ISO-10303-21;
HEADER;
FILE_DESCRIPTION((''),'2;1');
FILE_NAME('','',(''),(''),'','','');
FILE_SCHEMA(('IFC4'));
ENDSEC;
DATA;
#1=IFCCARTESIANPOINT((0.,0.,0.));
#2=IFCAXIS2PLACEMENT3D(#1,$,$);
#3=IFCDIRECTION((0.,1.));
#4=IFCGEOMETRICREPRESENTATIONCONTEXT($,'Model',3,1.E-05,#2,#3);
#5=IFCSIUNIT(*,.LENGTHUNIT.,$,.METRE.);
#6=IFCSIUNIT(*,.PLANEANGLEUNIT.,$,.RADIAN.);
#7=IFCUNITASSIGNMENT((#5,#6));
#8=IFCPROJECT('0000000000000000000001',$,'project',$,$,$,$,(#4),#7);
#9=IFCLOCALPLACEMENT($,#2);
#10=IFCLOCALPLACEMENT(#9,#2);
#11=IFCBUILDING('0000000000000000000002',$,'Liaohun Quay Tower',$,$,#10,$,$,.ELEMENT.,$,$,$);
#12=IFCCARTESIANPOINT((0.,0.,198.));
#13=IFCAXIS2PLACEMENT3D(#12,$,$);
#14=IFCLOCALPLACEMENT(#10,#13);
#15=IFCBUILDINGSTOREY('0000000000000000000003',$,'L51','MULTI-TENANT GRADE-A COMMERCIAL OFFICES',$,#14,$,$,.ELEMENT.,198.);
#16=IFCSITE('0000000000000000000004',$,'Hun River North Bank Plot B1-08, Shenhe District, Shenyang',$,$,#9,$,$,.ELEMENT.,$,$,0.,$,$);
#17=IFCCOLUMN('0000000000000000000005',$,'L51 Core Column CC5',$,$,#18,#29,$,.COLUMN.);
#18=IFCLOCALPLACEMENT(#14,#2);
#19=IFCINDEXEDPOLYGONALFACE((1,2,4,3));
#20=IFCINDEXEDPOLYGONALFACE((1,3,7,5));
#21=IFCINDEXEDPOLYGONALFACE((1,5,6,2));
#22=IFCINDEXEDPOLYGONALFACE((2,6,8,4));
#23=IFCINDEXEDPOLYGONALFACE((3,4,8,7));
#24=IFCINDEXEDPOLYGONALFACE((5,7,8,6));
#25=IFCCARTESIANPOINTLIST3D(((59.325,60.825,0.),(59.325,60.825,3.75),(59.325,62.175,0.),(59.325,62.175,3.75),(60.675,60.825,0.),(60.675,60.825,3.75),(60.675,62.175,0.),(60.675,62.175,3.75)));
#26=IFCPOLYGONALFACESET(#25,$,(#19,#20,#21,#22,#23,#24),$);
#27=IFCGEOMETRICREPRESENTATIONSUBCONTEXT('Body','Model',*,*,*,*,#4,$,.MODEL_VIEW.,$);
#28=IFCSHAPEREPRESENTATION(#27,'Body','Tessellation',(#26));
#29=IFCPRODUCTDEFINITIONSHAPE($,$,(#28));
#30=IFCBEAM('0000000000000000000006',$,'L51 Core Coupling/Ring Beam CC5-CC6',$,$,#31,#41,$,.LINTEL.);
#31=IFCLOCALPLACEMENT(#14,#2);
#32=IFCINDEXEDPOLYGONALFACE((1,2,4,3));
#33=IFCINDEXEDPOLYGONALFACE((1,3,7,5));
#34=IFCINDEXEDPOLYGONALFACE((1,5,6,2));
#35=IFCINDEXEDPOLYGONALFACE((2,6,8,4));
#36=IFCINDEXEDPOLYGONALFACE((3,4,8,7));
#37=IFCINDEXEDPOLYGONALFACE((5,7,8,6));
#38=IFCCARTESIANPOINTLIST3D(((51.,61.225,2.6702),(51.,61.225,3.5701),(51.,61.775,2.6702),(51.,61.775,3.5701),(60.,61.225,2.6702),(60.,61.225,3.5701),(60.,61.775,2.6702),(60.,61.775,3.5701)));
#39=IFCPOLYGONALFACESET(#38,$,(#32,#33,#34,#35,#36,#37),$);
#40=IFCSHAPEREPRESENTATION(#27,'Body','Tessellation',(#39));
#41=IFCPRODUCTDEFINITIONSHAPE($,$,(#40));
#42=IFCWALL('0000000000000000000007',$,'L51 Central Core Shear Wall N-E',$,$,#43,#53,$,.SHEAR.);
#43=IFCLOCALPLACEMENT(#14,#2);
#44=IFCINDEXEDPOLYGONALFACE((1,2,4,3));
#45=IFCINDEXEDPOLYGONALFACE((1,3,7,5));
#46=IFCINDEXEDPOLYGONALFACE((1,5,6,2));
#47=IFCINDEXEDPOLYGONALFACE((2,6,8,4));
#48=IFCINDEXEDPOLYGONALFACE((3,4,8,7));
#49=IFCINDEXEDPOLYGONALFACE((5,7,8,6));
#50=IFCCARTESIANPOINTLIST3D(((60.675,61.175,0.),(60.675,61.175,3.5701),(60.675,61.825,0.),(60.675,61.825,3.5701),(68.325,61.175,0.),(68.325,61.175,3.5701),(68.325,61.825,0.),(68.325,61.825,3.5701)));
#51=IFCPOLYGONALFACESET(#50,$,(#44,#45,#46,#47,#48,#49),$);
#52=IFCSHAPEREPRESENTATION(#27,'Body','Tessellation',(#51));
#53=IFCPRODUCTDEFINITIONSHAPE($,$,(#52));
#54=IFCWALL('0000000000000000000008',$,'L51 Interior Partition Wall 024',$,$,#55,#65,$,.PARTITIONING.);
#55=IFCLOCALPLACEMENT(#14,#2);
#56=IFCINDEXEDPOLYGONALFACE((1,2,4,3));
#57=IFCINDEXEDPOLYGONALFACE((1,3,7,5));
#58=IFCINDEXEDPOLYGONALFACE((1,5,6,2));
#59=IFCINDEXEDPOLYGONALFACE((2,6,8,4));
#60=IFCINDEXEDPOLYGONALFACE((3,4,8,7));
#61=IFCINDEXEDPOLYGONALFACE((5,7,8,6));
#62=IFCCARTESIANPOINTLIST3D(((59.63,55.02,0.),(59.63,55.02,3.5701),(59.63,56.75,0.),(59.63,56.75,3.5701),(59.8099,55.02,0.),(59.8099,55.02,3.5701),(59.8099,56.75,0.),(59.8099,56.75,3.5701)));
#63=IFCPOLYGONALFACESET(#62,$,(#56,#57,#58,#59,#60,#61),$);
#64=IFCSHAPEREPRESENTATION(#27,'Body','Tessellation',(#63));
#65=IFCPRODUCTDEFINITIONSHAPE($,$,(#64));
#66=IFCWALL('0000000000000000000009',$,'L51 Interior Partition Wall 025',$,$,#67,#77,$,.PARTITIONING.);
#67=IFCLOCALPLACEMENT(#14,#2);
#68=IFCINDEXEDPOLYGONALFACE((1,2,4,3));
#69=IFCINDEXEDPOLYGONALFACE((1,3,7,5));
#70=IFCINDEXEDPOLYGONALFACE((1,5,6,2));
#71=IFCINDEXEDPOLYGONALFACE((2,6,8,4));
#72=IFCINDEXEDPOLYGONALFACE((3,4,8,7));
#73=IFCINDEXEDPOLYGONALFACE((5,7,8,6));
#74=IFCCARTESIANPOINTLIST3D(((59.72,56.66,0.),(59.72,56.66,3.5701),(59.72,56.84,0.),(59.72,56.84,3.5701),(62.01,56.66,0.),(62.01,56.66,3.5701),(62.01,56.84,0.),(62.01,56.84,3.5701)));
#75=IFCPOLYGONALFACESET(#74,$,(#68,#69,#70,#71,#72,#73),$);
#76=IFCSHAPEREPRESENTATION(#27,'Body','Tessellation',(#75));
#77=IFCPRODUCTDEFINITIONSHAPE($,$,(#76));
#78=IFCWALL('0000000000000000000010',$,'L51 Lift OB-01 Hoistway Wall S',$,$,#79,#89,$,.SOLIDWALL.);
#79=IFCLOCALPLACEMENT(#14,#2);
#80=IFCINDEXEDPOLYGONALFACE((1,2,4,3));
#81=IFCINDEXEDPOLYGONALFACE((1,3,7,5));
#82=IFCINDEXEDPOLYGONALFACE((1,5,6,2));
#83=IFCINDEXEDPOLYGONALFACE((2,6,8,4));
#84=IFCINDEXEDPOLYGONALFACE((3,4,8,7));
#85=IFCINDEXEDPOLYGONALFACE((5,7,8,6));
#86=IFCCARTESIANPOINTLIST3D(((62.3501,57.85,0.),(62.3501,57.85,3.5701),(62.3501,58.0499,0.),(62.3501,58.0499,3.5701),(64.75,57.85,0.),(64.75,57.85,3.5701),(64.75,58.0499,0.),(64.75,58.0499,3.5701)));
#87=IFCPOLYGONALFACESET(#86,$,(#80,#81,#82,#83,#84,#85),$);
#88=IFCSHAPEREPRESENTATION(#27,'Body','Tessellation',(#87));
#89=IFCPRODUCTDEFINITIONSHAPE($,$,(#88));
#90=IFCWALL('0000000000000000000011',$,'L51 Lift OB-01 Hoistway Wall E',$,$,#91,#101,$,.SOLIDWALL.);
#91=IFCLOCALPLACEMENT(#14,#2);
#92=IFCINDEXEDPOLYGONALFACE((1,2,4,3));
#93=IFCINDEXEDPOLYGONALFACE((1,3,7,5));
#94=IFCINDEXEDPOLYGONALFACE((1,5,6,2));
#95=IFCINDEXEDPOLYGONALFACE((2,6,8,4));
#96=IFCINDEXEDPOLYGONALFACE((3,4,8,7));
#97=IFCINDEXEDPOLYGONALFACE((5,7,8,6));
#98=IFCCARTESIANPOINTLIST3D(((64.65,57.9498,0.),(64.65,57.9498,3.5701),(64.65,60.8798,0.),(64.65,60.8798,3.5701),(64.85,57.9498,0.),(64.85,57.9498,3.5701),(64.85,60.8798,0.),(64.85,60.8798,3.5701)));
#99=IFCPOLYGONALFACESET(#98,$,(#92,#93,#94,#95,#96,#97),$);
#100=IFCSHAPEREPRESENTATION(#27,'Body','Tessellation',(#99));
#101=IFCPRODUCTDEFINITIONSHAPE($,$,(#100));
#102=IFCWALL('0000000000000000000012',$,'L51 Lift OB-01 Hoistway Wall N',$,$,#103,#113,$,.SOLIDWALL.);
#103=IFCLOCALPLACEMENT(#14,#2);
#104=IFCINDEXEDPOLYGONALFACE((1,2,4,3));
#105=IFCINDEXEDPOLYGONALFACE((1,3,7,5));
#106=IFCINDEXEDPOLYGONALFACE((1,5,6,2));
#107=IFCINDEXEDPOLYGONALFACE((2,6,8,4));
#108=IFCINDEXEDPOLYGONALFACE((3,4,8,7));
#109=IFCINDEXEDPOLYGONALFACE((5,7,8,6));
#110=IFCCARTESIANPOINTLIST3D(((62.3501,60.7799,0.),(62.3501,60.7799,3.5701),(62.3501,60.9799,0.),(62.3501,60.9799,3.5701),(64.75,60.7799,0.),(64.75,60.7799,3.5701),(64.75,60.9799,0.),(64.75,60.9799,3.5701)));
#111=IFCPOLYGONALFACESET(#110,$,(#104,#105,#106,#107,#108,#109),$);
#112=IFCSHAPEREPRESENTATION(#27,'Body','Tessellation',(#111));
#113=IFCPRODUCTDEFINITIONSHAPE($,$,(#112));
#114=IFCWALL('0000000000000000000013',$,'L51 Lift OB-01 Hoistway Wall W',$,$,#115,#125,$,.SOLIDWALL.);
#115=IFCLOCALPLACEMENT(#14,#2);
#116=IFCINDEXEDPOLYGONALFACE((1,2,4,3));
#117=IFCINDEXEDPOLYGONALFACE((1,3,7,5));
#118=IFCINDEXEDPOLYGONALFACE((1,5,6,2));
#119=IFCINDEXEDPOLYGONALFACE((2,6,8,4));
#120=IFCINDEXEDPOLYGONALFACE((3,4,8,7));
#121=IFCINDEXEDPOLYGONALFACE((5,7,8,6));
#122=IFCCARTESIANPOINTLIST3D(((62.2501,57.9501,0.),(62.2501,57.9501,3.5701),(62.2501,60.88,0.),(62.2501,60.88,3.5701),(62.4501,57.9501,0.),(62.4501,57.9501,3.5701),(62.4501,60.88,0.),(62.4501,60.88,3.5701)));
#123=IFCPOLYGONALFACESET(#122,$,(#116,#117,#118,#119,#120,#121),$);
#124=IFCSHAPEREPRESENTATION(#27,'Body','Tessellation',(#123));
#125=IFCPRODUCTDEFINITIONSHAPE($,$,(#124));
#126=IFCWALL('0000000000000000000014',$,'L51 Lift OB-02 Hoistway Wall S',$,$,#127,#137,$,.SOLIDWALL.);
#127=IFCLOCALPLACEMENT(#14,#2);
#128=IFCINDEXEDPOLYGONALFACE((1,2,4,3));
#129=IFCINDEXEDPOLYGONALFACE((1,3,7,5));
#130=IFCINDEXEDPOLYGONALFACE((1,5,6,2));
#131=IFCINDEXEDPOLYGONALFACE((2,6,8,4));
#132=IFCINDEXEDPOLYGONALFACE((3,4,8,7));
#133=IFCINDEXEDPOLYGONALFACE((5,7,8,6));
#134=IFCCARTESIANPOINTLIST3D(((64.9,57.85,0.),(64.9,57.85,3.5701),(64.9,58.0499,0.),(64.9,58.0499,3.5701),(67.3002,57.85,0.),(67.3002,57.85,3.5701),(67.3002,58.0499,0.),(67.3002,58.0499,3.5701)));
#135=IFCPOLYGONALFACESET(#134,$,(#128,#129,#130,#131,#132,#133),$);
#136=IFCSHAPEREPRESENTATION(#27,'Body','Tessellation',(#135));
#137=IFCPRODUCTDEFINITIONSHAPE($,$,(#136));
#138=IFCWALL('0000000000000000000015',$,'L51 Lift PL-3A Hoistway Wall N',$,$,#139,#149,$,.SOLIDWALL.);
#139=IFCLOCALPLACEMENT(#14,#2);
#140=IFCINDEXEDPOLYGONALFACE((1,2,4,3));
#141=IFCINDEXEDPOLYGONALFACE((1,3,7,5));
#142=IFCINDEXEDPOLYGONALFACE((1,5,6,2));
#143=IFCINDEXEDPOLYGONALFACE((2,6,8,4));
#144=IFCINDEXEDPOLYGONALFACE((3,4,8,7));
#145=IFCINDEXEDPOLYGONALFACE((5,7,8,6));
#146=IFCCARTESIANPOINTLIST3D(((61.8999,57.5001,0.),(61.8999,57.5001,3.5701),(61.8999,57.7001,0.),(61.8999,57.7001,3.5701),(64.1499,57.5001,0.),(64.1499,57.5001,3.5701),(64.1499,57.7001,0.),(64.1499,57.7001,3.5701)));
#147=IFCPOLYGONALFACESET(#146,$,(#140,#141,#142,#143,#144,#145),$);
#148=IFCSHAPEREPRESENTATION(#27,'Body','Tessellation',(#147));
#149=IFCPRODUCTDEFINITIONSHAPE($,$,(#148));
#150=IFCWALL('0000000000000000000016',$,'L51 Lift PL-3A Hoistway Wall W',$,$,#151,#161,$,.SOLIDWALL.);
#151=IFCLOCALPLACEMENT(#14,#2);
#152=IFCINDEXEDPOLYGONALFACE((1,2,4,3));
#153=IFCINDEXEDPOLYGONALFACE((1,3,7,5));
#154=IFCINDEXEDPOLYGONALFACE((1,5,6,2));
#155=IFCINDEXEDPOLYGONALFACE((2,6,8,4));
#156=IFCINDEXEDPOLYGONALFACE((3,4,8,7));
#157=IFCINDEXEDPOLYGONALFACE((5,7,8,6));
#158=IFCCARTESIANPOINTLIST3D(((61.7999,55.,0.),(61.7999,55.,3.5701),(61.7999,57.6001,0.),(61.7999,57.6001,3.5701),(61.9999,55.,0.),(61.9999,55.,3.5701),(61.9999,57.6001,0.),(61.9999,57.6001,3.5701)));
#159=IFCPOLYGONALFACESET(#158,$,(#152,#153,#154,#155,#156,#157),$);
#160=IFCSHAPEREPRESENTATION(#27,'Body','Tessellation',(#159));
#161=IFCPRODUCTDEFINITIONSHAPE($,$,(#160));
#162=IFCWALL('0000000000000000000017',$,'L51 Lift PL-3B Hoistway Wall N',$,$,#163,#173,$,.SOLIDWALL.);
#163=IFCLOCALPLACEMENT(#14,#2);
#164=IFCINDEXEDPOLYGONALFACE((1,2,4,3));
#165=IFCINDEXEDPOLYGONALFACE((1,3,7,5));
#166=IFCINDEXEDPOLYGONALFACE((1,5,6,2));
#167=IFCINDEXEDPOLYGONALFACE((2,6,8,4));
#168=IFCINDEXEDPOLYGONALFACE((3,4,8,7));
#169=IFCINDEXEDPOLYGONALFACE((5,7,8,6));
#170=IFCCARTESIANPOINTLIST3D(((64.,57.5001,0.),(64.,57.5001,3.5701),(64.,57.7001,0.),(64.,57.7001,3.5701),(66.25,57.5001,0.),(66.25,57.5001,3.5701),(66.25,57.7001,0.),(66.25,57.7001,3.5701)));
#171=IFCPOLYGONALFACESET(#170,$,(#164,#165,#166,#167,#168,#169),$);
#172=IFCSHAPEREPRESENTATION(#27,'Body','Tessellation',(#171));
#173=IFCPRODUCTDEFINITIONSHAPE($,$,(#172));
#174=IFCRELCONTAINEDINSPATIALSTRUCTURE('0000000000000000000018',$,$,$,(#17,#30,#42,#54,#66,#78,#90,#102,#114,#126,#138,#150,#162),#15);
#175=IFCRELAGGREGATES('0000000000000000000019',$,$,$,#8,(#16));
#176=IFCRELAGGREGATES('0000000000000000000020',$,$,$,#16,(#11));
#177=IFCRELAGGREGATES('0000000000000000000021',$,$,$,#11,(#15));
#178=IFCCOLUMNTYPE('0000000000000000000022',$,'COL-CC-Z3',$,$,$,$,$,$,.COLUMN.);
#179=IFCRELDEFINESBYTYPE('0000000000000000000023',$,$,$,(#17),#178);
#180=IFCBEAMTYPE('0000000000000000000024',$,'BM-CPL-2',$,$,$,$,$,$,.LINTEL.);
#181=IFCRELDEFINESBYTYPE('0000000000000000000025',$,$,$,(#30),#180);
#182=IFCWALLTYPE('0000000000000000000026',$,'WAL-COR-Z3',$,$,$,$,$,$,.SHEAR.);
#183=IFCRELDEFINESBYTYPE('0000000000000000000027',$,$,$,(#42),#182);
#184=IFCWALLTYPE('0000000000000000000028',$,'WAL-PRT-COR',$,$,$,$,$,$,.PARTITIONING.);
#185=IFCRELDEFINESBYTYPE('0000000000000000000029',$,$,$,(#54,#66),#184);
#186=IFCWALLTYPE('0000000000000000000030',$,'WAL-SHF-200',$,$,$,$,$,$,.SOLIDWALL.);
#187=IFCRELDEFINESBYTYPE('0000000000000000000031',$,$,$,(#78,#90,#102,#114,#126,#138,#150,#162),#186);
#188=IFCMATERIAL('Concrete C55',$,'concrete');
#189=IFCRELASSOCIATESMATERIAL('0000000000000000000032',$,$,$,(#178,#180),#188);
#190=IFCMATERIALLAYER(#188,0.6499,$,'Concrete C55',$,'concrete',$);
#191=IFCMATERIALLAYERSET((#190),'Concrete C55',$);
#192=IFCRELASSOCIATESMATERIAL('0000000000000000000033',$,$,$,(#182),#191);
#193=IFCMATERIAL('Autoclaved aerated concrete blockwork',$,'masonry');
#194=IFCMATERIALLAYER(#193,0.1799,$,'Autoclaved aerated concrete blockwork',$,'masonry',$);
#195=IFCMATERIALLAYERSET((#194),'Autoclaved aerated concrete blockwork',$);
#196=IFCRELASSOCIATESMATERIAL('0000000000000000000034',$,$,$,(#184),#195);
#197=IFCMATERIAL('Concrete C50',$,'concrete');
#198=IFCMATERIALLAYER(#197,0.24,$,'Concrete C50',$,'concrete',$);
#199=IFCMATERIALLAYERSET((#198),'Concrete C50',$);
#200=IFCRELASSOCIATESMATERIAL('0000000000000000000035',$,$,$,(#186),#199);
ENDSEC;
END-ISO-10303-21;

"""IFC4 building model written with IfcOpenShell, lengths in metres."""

from ifc_helpers import new_model, si_unit, direction, frame, frame_2d, origin, origin_2d, place, context, subcontext, project, spatial, rectangle, extrude, source, transform, mapped, material, layer, layer_set, material_profile, profile_set, type_object, element, save


model = new_model("IFC4")

# Units and contexts
model_context = context("Model", 3, precision=1e-05, world=origin(), true_north=direction((0.0, 1.0)))
body_context = subcontext(model_context, "Body", "Model", "MODEL_VIEW")
ifc_project = project(units=[si_unit("LENGTHUNIT", "METRE"), si_unit("PLANEANGLEUNIT", "RADIAN")], contexts=[model_context])

# Site, building, storey
site_placement = place(None, origin())
site = spatial("IfcSite", under=ifc_project, at=site_placement, Name="Hun River North Bank Plot B1-08, Shenhe District, Shenyang", CompositionType="ELEMENT", RefElevation=0.0)
building_placement = place(site_placement, origin())
building = spatial("IfcBuilding", under=site, at=building_placement, Name="Liaohun Quay Tower", CompositionType="ELEMENT")
storey_placement = place(building_placement, frame((0.0, 0.0, 198.0)))
storey = spatial("IfcBuildingStorey", under=building, at=storey_placement, Name="L51", Description="MULTI-TENANT GRADE-A COMMERCIAL OFFICES", CompositionType="ELEMENT", Elevation=198.0)

# Column
ifc_material_1 = material(Name="Concrete C55", Category="concrete")
ifc_material_profile_1 = material_profile(ifc_material_1, rectangle(XDim=1.3501, YDim=1.3501, at=origin_2d()), Name="RC1350x1350")
ifc_profile_set_1 = profile_set([ifc_material_profile_1], Name="Concrete C55")
column_type = type_object("IfcColumnType", Name="COL-CC-Z3", PredefinedType="COLUMN", material=ifc_profile_set_1)
shared_shape_1 = source(origin(), body_context, "Body", "SweptSolid", [
    extrude(rectangle(XDim=1.3501, YDim=1.3501, at=origin_2d()), origin(), (0.0, 0.0, 1.0), 3.75),
])
column_placement = place(storey_placement, frame((60.0, 61.5, 0.0), z_axis=(0.0, 0.0, 1.0), x_axis=(1.0, 0.0, 0.0)))
element("IfcColumn", 1, at=column_placement, inside=storey, type_object=column_type, Name="L51 Core Column CC5", PredefinedType="COLUMN", context=body_context, shape_type="MappedRepresentation", body=[
    mapped(shared_shape_1, transform((0.0, 0.0, 0.0), x_axis=(1.0, 0.0, 0.0), y_axis=(0.0, 1.0, 0.0), z_axis=(0.0, 0.0, 1.0), scale=1.0)),
])

# Beam
ifc_material_profile_2 = material_profile(ifc_material_1, rectangle(XDim=0.55, YDim=0.8999, at=origin_2d()), Name="RC550x900")
ifc_profile_set_2 = profile_set([ifc_material_profile_2], Name="Concrete C55")
beam_type = type_object("IfcBeamType", Name="BM-CPL-2", PredefinedType="LINTEL", material=ifc_profile_set_2)
shared_shape_2 = source(origin(), body_context, "Body", "SweptSolid", [
    extrude(rectangle(XDim=0.55, YDim=0.8999, at=origin_2d()), origin(), (0.0, 0.0, 1.0), 9.0),
])
beam_placement = place(storey_placement, frame((60.0, 61.5, 3.1201), z_axis=(-1.0, 0.0, 0.0), x_axis=(0.0, -1.0, 0.0)))
element("IfcBeam", 2, at=beam_placement, inside=storey, type_object=beam_type, Name="L51 Core Coupling/Ring Beam CC5-CC6", PredefinedType="LINTEL", context=body_context, shape_type="MappedRepresentation", body=[
    mapped(shared_shape_2, transform((0.0, 0.0, 0.0), x_axis=(1.0, 0.0, 0.0), y_axis=(0.0, 1.0, 0.0), z_axis=(0.0, 0.0, 1.0), scale=1.0)),
])

# Walls
ifc_layer_1 = layer(ifc_material_1, 0.6499, Name="Concrete C55", Category="concrete")
ifc_layer_set_1 = layer_set([ifc_layer_1], Name="Concrete C55")
wall_type_1 = type_object("IfcWallType", Name="WAL-COR-Z3", PredefinedType="SHEAR", material=ifc_layer_set_1)
wall_1_placement = place(storey_placement, frame((60.675, 61.5, 0.0), z_axis=(0.0, 0.0, 1.0), x_axis=(1.0, 0.0, 0.0)))
element("IfcWall", 3, at=wall_1_placement, inside=storey, type_object=wall_type_1, Name="L51 Central Core Shear Wall N-E", PredefinedType="SHEAR", context=body_context, shape_type="SweptSolid", body=[
    extrude(rectangle(XDim=7.6499, YDim=0.6499, at=frame_2d((3.825, 0.0))), origin(), (0.0, 0.0, 1.0), 3.5701),
])
ifc_material_2 = material(Name="Autoclaved aerated concrete blockwork", Category="masonry")
ifc_layer_2 = layer(ifc_material_2, 0.1799, Name="Autoclaved aerated concrete blockwork", Category="masonry")
ifc_layer_set_2 = layer_set([ifc_layer_2], Name="Autoclaved aerated concrete blockwork")
wall_type_2 = type_object("IfcWallType", Name="WAL-PRT-COR", PredefinedType="PARTITIONING", material=ifc_layer_set_2)
wall_2_placement = place(storey_placement, frame((59.72, 55.02, 0.0), z_axis=(0.0, 0.0, 1.0), x_axis=(0.0, 1.0, 0.0)))
element("IfcWall", 4, at=wall_2_placement, inside=storey, type_object=wall_type_2, Name="L51 Interior Partition Wall 024", PredefinedType="PARTITIONING", context=body_context, shape_type="SweptSolid", body=[
    extrude(rectangle(XDim=1.73, YDim=0.1799, at=frame_2d((0.865, 0.0))), origin(), (0.0, 0.0, 1.0), 3.5701),
])
wall_3_placement = place(storey_placement, frame((59.72, 56.75, 0.0), z_axis=(0.0, 0.0, 1.0), x_axis=(1.0, 0.0, 0.0)))
element("IfcWall", 5, at=wall_3_placement, inside=storey, type_object=wall_type_2, Name="L51 Interior Partition Wall 025", PredefinedType="PARTITIONING", context=body_context, shape_type="SweptSolid", body=[
    extrude(rectangle(XDim=2.29, YDim=0.1799, at=frame_2d((1.145, 0.0))), origin(), (0.0, 0.0, 1.0), 3.5701),
])
ifc_material_3 = material(Name="Concrete C50", Category="concrete")
ifc_layer_3 = layer(ifc_material_3, 0.24, Name="Concrete C50", Category="concrete")
ifc_layer_set_3 = layer_set([ifc_layer_3], Name="Concrete C50")
wall_type_3 = type_object("IfcWallType", Name="WAL-SHF-200", PredefinedType="SOLIDWALL", material=ifc_layer_set_3)
wall_4_placement = place(storey_placement, frame((62.3501, 57.95, 0.0), z_axis=(0.0, 0.0, 1.0), x_axis=(1.0, 0.0, 0.0)))
element("IfcWall", 6, at=wall_4_placement, inside=storey, type_object=wall_type_3, Name="L51 Lift OB-01 Hoistway Wall S", PredefinedType="SOLIDWALL", context=body_context, shape_type="SweptSolid", body=[
    extrude(rectangle(XDim=2.3999, YDim=0.2, at=frame_2d((1.2, 0.0))), origin(), (0.0, 0.0, 1.0), 3.5701),
])
wall_5_placement = place(storey_placement, frame((64.75, 57.95, 0.0), z_axis=(0.0, 0.0, 1.0), x_axis=(0.0, 1.0, 0.0)))
element("IfcWall", 7, at=wall_5_placement, inside=storey, type_object=wall_type_3, Name="L51 Lift OB-01 Hoistway Wall E", PredefinedType="SOLIDWALL", context=body_context, shape_type="SweptSolid", body=[
    extrude(rectangle(XDim=2.9299, YDim=0.2, at=frame_2d((1.4648, 0.0))), origin(), (0.0, 0.0, 1.0), 3.5701),
])
wall_6_placement = place(storey_placement, frame((64.75, 60.8799, 0.0), z_axis=(0.0, 0.0, 1.0), x_axis=(-1.0, 0.0, 0.0)))
element("IfcWall", 8, at=wall_6_placement, inside=storey, type_object=wall_type_3, Name="L51 Lift OB-01 Hoistway Wall N", PredefinedType="SOLIDWALL", context=body_context, shape_type="SweptSolid", body=[
    extrude(rectangle(XDim=2.3999, YDim=0.2, at=frame_2d((1.2, 0.0))), origin(), (0.0, 0.0, 1.0), 3.5701),
])
wall_7_placement = place(storey_placement, frame((62.3501, 60.8799, 0.0), z_axis=(0.0, 0.0, 1.0), x_axis=(0.0, -1.0, 0.0)))
element("IfcWall", 9, at=wall_7_placement, inside=storey, type_object=wall_type_3, Name="L51 Lift OB-01 Hoistway Wall W", PredefinedType="SOLIDWALL", context=body_context, shape_type="SweptSolid", body=[
    extrude(rectangle(XDim=2.9299, YDim=0.2, at=frame_2d((1.4648, 0.0))), origin(), (0.0, 0.0, 1.0), 3.5701),
])
wall_8_placement = place(storey_placement, frame((64.8999, 57.95, 0.0), z_axis=(0.0, 0.0, 1.0), x_axis=(1.0, 0.0, 0.0)))
element("IfcWall", 10, at=wall_8_placement, inside=storey, type_object=wall_type_3, Name="L51 Lift OB-02 Hoistway Wall S", PredefinedType="SOLIDWALL", context=body_context, shape_type="SweptSolid", body=[
    extrude(rectangle(XDim=2.4001, YDim=0.2, at=frame_2d((1.2002, 0.0))), origin(), (0.0, 0.0, 1.0), 3.5701),
])
wall_9_placement = place(storey_placement, frame((64.1499, 57.6001, 0.0), z_axis=(0.0, 0.0, 1.0), x_axis=(-1.0, 0.0, 0.0)))
element("IfcWall", 11, at=wall_9_placement, inside=storey, type_object=wall_type_3, Name="L51 Lift PL-3A Hoistway Wall N", PredefinedType="SOLIDWALL", context=body_context, shape_type="SweptSolid", body=[
    extrude(rectangle(XDim=2.25, YDim=0.2, at=frame_2d((1.125, 0.0))), origin(), (0.0, 0.0, 1.0), 3.5701),
])
wall_10_placement = place(storey_placement, frame((61.8999, 57.6001, 0.0), z_axis=(0.0, 0.0, 1.0), x_axis=(0.0, -1.0, 0.0)))
element("IfcWall", 12, at=wall_10_placement, inside=storey, type_object=wall_type_3, Name="L51 Lift PL-3A Hoistway Wall W", PredefinedType="SOLIDWALL", context=body_context, shape_type="SweptSolid", body=[
    extrude(rectangle(XDim=2.6001, YDim=0.2, at=frame_2d((1.3, 0.0))), origin(), (0.0, 0.0, 1.0), 3.5701),
])
wall_11_placement = place(storey_placement, frame((66.25, 57.6001, 0.0), z_axis=(0.0, 0.0, 1.0), x_axis=(-1.0, 0.0, 0.0)))
element("IfcWall", 13, at=wall_11_placement, inside=storey, type_object=wall_type_3, Name="L51 Lift PL-3B Hoistway Wall N", PredefinedType="SOLIDWALL", context=body_context, shape_type="SweptSolid", body=[
    extrude(rectangle(XDim=2.25, YDim=0.2, at=frame_2d((1.125, 0.0))), origin(), (0.0, 0.0, 1.0), 3.5701),
])

save(model, "model.ifc")
